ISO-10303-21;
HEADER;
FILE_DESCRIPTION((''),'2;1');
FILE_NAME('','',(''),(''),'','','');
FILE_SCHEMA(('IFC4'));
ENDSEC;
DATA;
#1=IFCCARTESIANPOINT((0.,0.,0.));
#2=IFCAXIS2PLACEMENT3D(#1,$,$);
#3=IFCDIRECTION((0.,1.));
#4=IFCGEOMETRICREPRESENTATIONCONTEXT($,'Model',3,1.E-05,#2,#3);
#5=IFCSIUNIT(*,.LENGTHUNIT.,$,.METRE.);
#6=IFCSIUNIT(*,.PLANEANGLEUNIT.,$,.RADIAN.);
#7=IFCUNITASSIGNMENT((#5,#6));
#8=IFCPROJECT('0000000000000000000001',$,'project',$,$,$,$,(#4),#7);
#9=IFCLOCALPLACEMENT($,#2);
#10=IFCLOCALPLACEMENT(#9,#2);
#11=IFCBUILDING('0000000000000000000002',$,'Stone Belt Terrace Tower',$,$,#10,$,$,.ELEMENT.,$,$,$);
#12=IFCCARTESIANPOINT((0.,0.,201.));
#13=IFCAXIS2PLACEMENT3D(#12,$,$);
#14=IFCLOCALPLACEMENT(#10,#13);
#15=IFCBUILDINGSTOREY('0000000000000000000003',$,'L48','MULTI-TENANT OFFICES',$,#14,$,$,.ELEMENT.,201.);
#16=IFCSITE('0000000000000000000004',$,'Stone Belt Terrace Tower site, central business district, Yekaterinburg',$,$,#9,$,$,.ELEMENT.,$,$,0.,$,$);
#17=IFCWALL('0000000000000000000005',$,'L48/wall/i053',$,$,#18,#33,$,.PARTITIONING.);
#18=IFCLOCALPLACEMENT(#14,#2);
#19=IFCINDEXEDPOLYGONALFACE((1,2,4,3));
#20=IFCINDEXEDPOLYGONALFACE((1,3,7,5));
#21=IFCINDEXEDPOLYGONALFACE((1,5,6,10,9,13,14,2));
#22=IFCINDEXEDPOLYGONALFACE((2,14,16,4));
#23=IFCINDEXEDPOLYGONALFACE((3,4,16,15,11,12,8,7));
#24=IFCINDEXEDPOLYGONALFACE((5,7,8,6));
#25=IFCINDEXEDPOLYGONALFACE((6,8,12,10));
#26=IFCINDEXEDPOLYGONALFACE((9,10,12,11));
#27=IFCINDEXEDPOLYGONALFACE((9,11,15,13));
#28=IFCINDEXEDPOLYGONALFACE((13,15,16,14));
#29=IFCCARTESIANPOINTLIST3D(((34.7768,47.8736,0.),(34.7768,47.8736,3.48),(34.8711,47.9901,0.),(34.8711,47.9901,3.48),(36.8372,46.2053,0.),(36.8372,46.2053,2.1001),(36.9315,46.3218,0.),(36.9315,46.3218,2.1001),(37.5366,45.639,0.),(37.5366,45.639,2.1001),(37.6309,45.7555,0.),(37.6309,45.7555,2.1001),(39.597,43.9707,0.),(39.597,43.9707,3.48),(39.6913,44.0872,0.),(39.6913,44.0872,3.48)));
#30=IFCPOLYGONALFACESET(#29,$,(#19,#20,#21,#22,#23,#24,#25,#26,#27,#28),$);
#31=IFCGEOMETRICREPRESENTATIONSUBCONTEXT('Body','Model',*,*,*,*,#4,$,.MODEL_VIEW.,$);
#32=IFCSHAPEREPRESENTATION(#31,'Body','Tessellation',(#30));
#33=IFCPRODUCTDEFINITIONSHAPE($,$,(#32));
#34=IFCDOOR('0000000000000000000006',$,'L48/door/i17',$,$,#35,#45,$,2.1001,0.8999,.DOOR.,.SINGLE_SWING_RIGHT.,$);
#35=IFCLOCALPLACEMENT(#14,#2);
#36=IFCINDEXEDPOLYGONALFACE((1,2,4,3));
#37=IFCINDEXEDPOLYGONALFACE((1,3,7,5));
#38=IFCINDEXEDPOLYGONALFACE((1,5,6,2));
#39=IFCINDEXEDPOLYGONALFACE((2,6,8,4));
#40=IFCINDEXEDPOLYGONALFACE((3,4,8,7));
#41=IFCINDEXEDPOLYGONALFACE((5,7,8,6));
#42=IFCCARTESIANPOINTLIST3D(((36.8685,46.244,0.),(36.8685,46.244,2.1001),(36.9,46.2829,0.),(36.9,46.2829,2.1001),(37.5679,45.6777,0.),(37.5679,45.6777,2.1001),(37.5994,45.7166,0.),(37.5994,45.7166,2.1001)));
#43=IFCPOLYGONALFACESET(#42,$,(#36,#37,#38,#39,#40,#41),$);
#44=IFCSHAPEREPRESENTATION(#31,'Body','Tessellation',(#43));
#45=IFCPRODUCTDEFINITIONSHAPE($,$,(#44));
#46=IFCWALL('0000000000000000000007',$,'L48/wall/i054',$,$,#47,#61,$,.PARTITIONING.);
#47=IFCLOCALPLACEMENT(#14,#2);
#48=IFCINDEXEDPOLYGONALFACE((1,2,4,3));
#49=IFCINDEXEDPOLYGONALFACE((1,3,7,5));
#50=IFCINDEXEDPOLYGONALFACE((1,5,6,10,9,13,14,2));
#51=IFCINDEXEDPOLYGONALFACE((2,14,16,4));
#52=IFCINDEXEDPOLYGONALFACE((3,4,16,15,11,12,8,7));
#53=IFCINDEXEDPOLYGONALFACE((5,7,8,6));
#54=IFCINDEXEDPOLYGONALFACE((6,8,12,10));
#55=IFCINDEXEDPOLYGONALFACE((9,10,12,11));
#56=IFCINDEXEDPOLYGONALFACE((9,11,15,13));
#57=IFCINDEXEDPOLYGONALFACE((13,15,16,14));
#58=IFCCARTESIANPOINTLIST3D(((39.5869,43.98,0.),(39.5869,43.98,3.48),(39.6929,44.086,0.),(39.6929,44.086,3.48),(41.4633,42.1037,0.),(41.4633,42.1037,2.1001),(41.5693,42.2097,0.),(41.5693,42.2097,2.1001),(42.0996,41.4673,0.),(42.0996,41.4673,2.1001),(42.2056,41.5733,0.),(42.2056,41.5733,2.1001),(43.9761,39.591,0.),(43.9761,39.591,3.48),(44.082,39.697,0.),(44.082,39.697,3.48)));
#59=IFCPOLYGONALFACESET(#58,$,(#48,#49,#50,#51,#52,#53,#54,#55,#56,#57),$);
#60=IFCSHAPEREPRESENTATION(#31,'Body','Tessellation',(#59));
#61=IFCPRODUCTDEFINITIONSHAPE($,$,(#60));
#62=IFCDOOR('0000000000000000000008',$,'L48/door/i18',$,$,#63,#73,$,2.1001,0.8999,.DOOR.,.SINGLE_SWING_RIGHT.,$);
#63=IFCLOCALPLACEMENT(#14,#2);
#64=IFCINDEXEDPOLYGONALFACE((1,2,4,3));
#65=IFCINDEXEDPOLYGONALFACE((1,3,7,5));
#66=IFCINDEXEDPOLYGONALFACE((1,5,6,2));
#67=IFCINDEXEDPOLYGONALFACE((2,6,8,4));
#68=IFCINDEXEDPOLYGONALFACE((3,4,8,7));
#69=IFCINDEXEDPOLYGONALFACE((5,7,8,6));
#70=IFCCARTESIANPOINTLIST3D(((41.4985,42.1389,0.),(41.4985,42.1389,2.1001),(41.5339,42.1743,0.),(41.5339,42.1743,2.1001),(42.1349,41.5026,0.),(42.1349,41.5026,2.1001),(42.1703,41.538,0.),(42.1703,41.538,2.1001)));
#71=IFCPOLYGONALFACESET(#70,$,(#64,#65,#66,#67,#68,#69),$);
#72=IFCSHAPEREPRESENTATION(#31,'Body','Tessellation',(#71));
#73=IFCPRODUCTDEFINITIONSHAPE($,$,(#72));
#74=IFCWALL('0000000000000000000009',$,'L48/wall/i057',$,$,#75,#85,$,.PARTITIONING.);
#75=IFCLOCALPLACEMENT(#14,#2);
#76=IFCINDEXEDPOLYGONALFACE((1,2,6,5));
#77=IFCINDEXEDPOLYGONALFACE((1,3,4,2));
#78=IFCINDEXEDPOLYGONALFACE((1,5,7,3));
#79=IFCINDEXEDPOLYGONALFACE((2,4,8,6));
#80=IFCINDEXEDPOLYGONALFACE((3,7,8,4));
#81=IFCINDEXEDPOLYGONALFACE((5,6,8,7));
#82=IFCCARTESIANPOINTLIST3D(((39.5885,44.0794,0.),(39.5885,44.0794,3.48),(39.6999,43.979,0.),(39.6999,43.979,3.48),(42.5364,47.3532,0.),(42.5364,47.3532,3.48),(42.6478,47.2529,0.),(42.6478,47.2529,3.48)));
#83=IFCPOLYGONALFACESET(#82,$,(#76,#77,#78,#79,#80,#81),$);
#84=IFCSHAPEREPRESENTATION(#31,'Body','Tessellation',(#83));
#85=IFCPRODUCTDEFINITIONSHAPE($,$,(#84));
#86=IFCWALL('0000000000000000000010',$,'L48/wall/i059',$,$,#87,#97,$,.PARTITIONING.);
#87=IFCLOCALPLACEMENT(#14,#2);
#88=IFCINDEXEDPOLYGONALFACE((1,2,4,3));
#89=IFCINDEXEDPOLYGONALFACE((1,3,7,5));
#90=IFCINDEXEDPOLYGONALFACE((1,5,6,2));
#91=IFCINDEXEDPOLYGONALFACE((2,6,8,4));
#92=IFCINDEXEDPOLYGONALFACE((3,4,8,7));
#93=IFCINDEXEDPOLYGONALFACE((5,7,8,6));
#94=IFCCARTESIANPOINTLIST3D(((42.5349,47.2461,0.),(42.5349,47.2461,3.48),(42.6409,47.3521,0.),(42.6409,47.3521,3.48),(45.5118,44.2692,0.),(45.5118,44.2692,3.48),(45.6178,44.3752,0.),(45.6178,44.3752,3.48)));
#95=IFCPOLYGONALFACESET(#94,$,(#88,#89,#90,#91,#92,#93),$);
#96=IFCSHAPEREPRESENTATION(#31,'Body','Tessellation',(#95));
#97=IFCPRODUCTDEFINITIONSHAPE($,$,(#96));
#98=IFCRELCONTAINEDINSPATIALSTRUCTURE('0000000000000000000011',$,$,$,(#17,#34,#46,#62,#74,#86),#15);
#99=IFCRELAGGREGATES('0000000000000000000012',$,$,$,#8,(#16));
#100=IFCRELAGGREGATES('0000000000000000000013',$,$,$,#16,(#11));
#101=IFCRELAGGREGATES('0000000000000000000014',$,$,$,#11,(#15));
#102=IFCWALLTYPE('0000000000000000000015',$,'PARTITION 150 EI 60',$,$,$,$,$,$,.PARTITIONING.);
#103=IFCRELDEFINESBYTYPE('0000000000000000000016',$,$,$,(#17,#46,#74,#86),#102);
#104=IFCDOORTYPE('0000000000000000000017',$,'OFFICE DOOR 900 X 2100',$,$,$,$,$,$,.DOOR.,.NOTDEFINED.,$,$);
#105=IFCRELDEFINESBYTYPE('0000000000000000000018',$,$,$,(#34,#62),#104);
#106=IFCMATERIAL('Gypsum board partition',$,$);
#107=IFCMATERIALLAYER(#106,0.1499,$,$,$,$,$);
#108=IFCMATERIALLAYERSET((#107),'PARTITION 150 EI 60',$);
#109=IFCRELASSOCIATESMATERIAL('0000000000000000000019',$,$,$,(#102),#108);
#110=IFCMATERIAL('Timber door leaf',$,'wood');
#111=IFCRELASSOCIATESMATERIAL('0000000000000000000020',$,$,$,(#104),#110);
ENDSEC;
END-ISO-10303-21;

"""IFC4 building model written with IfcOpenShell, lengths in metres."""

from ifc_helpers import new_model, si_unit, direction, frame, frame_2d, origin, place, context, subcontext, project, spatial, rectangle, extrude, material, layer, layer_set, type_object, element, fill, save


model = new_model("IFC4")

# Units and contexts
model_context = context("Model", 3, precision=1e-05, world=origin(), true_north=direction((0.0, 1.0)))
body_context = subcontext(model_context, "Body", "Model", "MODEL_VIEW")
ifc_project = project(units=[si_unit("LENGTHUNIT", "METRE"), si_unit("PLANEANGLEUNIT", "RADIAN")], contexts=[model_context])

# Site, building, storey
site_placement = place(None, origin())
site = spatial("IfcSite", under=ifc_project, at=site_placement, Name="Stone Belt Terrace Tower site, central business district, Yekaterinburg", CompositionType="ELEMENT", RefElevation=0.0)
building_placement = place(site_placement, origin())
building = spatial("IfcBuilding", under=site, at=building_placement, Name="Stone Belt Terrace Tower", CompositionType="ELEMENT")
storey_placement = place(building_placement, frame((0.0, 0.0, 201.0)))
storey = spatial("IfcBuildingStorey", under=building, at=storey_placement, Name="L48", Description="MULTI-TENANT OFFICES", CompositionType="ELEMENT", Elevation=201.0)

# Shared definitions
ifc_material_1 = material(Name="Gypsum board partition")
ifc_layer_1 = layer(ifc_material_1, 0.1499)
ifc_layer_set_1 = layer_set([ifc_layer_1], Name="PARTITION 150 EI 60")
wall_type = type_object("IfcWallType", Name="PARTITION 150 EI 60", PredefinedType="PARTITIONING", material=ifc_layer_set_1)
ifc_material_2 = material(Name="Timber door leaf", Category="wood")
door_type_1 = type_object("IfcDoorType", Name="OFFICE DOOR 900 X 2100", OperationType="NOTDEFINED", PredefinedType="DOOR", material=ifc_material_2)

# Walls, openings, doors
wall_1_placement = place(storey_placement, frame((34.824, 47.9319, 0.0), z_axis=(0.0, 0.0, 1.0), x_axis=(0.777176, -0.629283, 0.0)))
wall_1 = element("IfcWall", 1, at=wall_1_placement, inside=storey, type_object=wall_type, Name="L48/wall/i053", PredefinedType="PARTITIONING", context=body_context, shape_type="SweptSolid", body=[
    extrude(rectangle(XDim=6.2021, YDim=0.1499, at=frame_2d((3.1011, 0.0))), origin(), (0.0, 0.0, 1.0), 3.48),
])
opening_1_placement = place(wall_1_placement, frame((2.6511, 0.0, 0.0)))
opening_1 = element("IfcOpeningElement", 2, at=opening_1_placement, cuts=wall_1, PredefinedType="OPENING", context=body_context, shape_type="SweptSolid", body=[
    extrude(rectangle(XDim=0.8999, YDim=2.1001, at=frame_2d((0.45, 1.05))), frame((0.0, 0.085, 0.0), z_axis=(0.0, -1.0, 0.0), x_axis=(1.0, 0.0, 0.0)), (0.0, 0.0, 1.0), 0.1699),
])
door_1_placement = place(opening_1_placement, origin())
door_1 = element("IfcDoor", 3, at=door_1_placement, inside=storey, type_object=door_type_1, Name="L48/door/i17", OperationType="SINGLE_SWING_RIGHT", OverallHeight=2.1001, OverallWidth=0.8999, PredefinedType="DOOR", context=body_context, shape_type="SweptSolid", body=[
    extrude(rectangle(XDim=0.8999, YDim=2.1001, at=frame_2d((0.45, 1.05))), frame((0.0, 0.0249, 0.0), z_axis=(0.0, -1.0, 0.0), x_axis=(1.0, 0.0, 0.0)), (0.0, 0.0, 1.0), 0.05),
])
fill(opening_1, door_1)
wall_2_placement = place(storey_placement, frame((39.6399, 44.033, 0.0), z_axis=(0.0, 0.0, 1.0), x_axis=(0.707126, -0.707087, 0.0)))
wall_2 = element("IfcWall", 4, at=wall_2_placement, inside=storey, type_object=wall_type, Name="L48/wall/i054", PredefinedType="PARTITIONING", context=body_context, shape_type="SweptSolid", body=[
    extrude(rectangle(XDim=6.207, YDim=0.1499, at=frame_2d((3.1035, 0.0))), origin(), (0.0, 0.0, 1.0), 3.48),
])
opening_2_placement = place(wall_2_placement, frame((2.6536, 0.0, 0.0)))
opening_2 = element("IfcOpeningElement", 5, at=opening_2_placement, cuts=wall_2, PredefinedType="OPENING", context=body_context, shape_type="SweptSolid", body=[
    extrude(rectangle(XDim=0.8999, YDim=2.1001, at=frame_2d((0.45, 1.05))), frame((0.0, 0.085, 0.0), z_axis=(0.0, -1.0, 0.0), x_axis=(1.0, 0.0, 0.0)), (0.0, 0.0, 1.0), 0.1699),
])
door_2_placement = place(opening_2_placement, origin())
door_2 = element("IfcDoor", 6, at=door_2_placement, inside=storey, type_object=door_type_1, Name="L48/door/i18", OperationType="SINGLE_SWING_RIGHT", OverallHeight=2.1001, OverallWidth=0.8999, PredefinedType="DOOR", context=body_context, shape_type="SweptSolid", body=[
    extrude(rectangle(XDim=0.8999, YDim=2.1001, at=frame_2d((0.45, 1.05))), frame((0.0, 0.0249, 0.0), z_axis=(0.0, -1.0, 0.0), x_axis=(1.0, 0.0, 0.0)), (0.0, 0.0, 1.0), 0.05),
])
fill(opening_2, door_2)

# Walls
wall_3_placement = place(storey_placement, frame((42.592, 47.303, 0.0), z_axis=(0.0, 0.0, 1.0), x_axis=(-0.669148, -0.743129, 0.0)))
element("IfcWall", 7, at=wall_3_placement, inside=storey, type_object=wall_type, Name="L48/wall/i057", PredefinedType="PARTITIONING", context=body_context, shape_type="SweptSolid", body=[
    extrude(rectangle(XDim=4.4055, YDim=0.1499, at=frame_2d((2.2026, 0.0))), origin(), (0.0, 0.0, 1.0), 3.48),
])
wall_4_placement = place(storey_placement, frame((42.5879, 47.2991, 0.0), z_axis=(0.0, 0.0, 1.0), x_axis=(0.707107, -0.707107, 0.0)))
element("IfcWall", 8, at=wall_4_placement, inside=storey, type_object=wall_type, Name="L48/wall/i059", PredefinedType="PARTITIONING", context=body_context, shape_type="SweptSolid", body=[
    extrude(rectangle(XDim=4.21, YDim=0.1499, at=frame_2d((2.105, 0.0))), origin(), (0.0, 0.0, 1.0), 3.48),
])

save(model, "model.ifc")
